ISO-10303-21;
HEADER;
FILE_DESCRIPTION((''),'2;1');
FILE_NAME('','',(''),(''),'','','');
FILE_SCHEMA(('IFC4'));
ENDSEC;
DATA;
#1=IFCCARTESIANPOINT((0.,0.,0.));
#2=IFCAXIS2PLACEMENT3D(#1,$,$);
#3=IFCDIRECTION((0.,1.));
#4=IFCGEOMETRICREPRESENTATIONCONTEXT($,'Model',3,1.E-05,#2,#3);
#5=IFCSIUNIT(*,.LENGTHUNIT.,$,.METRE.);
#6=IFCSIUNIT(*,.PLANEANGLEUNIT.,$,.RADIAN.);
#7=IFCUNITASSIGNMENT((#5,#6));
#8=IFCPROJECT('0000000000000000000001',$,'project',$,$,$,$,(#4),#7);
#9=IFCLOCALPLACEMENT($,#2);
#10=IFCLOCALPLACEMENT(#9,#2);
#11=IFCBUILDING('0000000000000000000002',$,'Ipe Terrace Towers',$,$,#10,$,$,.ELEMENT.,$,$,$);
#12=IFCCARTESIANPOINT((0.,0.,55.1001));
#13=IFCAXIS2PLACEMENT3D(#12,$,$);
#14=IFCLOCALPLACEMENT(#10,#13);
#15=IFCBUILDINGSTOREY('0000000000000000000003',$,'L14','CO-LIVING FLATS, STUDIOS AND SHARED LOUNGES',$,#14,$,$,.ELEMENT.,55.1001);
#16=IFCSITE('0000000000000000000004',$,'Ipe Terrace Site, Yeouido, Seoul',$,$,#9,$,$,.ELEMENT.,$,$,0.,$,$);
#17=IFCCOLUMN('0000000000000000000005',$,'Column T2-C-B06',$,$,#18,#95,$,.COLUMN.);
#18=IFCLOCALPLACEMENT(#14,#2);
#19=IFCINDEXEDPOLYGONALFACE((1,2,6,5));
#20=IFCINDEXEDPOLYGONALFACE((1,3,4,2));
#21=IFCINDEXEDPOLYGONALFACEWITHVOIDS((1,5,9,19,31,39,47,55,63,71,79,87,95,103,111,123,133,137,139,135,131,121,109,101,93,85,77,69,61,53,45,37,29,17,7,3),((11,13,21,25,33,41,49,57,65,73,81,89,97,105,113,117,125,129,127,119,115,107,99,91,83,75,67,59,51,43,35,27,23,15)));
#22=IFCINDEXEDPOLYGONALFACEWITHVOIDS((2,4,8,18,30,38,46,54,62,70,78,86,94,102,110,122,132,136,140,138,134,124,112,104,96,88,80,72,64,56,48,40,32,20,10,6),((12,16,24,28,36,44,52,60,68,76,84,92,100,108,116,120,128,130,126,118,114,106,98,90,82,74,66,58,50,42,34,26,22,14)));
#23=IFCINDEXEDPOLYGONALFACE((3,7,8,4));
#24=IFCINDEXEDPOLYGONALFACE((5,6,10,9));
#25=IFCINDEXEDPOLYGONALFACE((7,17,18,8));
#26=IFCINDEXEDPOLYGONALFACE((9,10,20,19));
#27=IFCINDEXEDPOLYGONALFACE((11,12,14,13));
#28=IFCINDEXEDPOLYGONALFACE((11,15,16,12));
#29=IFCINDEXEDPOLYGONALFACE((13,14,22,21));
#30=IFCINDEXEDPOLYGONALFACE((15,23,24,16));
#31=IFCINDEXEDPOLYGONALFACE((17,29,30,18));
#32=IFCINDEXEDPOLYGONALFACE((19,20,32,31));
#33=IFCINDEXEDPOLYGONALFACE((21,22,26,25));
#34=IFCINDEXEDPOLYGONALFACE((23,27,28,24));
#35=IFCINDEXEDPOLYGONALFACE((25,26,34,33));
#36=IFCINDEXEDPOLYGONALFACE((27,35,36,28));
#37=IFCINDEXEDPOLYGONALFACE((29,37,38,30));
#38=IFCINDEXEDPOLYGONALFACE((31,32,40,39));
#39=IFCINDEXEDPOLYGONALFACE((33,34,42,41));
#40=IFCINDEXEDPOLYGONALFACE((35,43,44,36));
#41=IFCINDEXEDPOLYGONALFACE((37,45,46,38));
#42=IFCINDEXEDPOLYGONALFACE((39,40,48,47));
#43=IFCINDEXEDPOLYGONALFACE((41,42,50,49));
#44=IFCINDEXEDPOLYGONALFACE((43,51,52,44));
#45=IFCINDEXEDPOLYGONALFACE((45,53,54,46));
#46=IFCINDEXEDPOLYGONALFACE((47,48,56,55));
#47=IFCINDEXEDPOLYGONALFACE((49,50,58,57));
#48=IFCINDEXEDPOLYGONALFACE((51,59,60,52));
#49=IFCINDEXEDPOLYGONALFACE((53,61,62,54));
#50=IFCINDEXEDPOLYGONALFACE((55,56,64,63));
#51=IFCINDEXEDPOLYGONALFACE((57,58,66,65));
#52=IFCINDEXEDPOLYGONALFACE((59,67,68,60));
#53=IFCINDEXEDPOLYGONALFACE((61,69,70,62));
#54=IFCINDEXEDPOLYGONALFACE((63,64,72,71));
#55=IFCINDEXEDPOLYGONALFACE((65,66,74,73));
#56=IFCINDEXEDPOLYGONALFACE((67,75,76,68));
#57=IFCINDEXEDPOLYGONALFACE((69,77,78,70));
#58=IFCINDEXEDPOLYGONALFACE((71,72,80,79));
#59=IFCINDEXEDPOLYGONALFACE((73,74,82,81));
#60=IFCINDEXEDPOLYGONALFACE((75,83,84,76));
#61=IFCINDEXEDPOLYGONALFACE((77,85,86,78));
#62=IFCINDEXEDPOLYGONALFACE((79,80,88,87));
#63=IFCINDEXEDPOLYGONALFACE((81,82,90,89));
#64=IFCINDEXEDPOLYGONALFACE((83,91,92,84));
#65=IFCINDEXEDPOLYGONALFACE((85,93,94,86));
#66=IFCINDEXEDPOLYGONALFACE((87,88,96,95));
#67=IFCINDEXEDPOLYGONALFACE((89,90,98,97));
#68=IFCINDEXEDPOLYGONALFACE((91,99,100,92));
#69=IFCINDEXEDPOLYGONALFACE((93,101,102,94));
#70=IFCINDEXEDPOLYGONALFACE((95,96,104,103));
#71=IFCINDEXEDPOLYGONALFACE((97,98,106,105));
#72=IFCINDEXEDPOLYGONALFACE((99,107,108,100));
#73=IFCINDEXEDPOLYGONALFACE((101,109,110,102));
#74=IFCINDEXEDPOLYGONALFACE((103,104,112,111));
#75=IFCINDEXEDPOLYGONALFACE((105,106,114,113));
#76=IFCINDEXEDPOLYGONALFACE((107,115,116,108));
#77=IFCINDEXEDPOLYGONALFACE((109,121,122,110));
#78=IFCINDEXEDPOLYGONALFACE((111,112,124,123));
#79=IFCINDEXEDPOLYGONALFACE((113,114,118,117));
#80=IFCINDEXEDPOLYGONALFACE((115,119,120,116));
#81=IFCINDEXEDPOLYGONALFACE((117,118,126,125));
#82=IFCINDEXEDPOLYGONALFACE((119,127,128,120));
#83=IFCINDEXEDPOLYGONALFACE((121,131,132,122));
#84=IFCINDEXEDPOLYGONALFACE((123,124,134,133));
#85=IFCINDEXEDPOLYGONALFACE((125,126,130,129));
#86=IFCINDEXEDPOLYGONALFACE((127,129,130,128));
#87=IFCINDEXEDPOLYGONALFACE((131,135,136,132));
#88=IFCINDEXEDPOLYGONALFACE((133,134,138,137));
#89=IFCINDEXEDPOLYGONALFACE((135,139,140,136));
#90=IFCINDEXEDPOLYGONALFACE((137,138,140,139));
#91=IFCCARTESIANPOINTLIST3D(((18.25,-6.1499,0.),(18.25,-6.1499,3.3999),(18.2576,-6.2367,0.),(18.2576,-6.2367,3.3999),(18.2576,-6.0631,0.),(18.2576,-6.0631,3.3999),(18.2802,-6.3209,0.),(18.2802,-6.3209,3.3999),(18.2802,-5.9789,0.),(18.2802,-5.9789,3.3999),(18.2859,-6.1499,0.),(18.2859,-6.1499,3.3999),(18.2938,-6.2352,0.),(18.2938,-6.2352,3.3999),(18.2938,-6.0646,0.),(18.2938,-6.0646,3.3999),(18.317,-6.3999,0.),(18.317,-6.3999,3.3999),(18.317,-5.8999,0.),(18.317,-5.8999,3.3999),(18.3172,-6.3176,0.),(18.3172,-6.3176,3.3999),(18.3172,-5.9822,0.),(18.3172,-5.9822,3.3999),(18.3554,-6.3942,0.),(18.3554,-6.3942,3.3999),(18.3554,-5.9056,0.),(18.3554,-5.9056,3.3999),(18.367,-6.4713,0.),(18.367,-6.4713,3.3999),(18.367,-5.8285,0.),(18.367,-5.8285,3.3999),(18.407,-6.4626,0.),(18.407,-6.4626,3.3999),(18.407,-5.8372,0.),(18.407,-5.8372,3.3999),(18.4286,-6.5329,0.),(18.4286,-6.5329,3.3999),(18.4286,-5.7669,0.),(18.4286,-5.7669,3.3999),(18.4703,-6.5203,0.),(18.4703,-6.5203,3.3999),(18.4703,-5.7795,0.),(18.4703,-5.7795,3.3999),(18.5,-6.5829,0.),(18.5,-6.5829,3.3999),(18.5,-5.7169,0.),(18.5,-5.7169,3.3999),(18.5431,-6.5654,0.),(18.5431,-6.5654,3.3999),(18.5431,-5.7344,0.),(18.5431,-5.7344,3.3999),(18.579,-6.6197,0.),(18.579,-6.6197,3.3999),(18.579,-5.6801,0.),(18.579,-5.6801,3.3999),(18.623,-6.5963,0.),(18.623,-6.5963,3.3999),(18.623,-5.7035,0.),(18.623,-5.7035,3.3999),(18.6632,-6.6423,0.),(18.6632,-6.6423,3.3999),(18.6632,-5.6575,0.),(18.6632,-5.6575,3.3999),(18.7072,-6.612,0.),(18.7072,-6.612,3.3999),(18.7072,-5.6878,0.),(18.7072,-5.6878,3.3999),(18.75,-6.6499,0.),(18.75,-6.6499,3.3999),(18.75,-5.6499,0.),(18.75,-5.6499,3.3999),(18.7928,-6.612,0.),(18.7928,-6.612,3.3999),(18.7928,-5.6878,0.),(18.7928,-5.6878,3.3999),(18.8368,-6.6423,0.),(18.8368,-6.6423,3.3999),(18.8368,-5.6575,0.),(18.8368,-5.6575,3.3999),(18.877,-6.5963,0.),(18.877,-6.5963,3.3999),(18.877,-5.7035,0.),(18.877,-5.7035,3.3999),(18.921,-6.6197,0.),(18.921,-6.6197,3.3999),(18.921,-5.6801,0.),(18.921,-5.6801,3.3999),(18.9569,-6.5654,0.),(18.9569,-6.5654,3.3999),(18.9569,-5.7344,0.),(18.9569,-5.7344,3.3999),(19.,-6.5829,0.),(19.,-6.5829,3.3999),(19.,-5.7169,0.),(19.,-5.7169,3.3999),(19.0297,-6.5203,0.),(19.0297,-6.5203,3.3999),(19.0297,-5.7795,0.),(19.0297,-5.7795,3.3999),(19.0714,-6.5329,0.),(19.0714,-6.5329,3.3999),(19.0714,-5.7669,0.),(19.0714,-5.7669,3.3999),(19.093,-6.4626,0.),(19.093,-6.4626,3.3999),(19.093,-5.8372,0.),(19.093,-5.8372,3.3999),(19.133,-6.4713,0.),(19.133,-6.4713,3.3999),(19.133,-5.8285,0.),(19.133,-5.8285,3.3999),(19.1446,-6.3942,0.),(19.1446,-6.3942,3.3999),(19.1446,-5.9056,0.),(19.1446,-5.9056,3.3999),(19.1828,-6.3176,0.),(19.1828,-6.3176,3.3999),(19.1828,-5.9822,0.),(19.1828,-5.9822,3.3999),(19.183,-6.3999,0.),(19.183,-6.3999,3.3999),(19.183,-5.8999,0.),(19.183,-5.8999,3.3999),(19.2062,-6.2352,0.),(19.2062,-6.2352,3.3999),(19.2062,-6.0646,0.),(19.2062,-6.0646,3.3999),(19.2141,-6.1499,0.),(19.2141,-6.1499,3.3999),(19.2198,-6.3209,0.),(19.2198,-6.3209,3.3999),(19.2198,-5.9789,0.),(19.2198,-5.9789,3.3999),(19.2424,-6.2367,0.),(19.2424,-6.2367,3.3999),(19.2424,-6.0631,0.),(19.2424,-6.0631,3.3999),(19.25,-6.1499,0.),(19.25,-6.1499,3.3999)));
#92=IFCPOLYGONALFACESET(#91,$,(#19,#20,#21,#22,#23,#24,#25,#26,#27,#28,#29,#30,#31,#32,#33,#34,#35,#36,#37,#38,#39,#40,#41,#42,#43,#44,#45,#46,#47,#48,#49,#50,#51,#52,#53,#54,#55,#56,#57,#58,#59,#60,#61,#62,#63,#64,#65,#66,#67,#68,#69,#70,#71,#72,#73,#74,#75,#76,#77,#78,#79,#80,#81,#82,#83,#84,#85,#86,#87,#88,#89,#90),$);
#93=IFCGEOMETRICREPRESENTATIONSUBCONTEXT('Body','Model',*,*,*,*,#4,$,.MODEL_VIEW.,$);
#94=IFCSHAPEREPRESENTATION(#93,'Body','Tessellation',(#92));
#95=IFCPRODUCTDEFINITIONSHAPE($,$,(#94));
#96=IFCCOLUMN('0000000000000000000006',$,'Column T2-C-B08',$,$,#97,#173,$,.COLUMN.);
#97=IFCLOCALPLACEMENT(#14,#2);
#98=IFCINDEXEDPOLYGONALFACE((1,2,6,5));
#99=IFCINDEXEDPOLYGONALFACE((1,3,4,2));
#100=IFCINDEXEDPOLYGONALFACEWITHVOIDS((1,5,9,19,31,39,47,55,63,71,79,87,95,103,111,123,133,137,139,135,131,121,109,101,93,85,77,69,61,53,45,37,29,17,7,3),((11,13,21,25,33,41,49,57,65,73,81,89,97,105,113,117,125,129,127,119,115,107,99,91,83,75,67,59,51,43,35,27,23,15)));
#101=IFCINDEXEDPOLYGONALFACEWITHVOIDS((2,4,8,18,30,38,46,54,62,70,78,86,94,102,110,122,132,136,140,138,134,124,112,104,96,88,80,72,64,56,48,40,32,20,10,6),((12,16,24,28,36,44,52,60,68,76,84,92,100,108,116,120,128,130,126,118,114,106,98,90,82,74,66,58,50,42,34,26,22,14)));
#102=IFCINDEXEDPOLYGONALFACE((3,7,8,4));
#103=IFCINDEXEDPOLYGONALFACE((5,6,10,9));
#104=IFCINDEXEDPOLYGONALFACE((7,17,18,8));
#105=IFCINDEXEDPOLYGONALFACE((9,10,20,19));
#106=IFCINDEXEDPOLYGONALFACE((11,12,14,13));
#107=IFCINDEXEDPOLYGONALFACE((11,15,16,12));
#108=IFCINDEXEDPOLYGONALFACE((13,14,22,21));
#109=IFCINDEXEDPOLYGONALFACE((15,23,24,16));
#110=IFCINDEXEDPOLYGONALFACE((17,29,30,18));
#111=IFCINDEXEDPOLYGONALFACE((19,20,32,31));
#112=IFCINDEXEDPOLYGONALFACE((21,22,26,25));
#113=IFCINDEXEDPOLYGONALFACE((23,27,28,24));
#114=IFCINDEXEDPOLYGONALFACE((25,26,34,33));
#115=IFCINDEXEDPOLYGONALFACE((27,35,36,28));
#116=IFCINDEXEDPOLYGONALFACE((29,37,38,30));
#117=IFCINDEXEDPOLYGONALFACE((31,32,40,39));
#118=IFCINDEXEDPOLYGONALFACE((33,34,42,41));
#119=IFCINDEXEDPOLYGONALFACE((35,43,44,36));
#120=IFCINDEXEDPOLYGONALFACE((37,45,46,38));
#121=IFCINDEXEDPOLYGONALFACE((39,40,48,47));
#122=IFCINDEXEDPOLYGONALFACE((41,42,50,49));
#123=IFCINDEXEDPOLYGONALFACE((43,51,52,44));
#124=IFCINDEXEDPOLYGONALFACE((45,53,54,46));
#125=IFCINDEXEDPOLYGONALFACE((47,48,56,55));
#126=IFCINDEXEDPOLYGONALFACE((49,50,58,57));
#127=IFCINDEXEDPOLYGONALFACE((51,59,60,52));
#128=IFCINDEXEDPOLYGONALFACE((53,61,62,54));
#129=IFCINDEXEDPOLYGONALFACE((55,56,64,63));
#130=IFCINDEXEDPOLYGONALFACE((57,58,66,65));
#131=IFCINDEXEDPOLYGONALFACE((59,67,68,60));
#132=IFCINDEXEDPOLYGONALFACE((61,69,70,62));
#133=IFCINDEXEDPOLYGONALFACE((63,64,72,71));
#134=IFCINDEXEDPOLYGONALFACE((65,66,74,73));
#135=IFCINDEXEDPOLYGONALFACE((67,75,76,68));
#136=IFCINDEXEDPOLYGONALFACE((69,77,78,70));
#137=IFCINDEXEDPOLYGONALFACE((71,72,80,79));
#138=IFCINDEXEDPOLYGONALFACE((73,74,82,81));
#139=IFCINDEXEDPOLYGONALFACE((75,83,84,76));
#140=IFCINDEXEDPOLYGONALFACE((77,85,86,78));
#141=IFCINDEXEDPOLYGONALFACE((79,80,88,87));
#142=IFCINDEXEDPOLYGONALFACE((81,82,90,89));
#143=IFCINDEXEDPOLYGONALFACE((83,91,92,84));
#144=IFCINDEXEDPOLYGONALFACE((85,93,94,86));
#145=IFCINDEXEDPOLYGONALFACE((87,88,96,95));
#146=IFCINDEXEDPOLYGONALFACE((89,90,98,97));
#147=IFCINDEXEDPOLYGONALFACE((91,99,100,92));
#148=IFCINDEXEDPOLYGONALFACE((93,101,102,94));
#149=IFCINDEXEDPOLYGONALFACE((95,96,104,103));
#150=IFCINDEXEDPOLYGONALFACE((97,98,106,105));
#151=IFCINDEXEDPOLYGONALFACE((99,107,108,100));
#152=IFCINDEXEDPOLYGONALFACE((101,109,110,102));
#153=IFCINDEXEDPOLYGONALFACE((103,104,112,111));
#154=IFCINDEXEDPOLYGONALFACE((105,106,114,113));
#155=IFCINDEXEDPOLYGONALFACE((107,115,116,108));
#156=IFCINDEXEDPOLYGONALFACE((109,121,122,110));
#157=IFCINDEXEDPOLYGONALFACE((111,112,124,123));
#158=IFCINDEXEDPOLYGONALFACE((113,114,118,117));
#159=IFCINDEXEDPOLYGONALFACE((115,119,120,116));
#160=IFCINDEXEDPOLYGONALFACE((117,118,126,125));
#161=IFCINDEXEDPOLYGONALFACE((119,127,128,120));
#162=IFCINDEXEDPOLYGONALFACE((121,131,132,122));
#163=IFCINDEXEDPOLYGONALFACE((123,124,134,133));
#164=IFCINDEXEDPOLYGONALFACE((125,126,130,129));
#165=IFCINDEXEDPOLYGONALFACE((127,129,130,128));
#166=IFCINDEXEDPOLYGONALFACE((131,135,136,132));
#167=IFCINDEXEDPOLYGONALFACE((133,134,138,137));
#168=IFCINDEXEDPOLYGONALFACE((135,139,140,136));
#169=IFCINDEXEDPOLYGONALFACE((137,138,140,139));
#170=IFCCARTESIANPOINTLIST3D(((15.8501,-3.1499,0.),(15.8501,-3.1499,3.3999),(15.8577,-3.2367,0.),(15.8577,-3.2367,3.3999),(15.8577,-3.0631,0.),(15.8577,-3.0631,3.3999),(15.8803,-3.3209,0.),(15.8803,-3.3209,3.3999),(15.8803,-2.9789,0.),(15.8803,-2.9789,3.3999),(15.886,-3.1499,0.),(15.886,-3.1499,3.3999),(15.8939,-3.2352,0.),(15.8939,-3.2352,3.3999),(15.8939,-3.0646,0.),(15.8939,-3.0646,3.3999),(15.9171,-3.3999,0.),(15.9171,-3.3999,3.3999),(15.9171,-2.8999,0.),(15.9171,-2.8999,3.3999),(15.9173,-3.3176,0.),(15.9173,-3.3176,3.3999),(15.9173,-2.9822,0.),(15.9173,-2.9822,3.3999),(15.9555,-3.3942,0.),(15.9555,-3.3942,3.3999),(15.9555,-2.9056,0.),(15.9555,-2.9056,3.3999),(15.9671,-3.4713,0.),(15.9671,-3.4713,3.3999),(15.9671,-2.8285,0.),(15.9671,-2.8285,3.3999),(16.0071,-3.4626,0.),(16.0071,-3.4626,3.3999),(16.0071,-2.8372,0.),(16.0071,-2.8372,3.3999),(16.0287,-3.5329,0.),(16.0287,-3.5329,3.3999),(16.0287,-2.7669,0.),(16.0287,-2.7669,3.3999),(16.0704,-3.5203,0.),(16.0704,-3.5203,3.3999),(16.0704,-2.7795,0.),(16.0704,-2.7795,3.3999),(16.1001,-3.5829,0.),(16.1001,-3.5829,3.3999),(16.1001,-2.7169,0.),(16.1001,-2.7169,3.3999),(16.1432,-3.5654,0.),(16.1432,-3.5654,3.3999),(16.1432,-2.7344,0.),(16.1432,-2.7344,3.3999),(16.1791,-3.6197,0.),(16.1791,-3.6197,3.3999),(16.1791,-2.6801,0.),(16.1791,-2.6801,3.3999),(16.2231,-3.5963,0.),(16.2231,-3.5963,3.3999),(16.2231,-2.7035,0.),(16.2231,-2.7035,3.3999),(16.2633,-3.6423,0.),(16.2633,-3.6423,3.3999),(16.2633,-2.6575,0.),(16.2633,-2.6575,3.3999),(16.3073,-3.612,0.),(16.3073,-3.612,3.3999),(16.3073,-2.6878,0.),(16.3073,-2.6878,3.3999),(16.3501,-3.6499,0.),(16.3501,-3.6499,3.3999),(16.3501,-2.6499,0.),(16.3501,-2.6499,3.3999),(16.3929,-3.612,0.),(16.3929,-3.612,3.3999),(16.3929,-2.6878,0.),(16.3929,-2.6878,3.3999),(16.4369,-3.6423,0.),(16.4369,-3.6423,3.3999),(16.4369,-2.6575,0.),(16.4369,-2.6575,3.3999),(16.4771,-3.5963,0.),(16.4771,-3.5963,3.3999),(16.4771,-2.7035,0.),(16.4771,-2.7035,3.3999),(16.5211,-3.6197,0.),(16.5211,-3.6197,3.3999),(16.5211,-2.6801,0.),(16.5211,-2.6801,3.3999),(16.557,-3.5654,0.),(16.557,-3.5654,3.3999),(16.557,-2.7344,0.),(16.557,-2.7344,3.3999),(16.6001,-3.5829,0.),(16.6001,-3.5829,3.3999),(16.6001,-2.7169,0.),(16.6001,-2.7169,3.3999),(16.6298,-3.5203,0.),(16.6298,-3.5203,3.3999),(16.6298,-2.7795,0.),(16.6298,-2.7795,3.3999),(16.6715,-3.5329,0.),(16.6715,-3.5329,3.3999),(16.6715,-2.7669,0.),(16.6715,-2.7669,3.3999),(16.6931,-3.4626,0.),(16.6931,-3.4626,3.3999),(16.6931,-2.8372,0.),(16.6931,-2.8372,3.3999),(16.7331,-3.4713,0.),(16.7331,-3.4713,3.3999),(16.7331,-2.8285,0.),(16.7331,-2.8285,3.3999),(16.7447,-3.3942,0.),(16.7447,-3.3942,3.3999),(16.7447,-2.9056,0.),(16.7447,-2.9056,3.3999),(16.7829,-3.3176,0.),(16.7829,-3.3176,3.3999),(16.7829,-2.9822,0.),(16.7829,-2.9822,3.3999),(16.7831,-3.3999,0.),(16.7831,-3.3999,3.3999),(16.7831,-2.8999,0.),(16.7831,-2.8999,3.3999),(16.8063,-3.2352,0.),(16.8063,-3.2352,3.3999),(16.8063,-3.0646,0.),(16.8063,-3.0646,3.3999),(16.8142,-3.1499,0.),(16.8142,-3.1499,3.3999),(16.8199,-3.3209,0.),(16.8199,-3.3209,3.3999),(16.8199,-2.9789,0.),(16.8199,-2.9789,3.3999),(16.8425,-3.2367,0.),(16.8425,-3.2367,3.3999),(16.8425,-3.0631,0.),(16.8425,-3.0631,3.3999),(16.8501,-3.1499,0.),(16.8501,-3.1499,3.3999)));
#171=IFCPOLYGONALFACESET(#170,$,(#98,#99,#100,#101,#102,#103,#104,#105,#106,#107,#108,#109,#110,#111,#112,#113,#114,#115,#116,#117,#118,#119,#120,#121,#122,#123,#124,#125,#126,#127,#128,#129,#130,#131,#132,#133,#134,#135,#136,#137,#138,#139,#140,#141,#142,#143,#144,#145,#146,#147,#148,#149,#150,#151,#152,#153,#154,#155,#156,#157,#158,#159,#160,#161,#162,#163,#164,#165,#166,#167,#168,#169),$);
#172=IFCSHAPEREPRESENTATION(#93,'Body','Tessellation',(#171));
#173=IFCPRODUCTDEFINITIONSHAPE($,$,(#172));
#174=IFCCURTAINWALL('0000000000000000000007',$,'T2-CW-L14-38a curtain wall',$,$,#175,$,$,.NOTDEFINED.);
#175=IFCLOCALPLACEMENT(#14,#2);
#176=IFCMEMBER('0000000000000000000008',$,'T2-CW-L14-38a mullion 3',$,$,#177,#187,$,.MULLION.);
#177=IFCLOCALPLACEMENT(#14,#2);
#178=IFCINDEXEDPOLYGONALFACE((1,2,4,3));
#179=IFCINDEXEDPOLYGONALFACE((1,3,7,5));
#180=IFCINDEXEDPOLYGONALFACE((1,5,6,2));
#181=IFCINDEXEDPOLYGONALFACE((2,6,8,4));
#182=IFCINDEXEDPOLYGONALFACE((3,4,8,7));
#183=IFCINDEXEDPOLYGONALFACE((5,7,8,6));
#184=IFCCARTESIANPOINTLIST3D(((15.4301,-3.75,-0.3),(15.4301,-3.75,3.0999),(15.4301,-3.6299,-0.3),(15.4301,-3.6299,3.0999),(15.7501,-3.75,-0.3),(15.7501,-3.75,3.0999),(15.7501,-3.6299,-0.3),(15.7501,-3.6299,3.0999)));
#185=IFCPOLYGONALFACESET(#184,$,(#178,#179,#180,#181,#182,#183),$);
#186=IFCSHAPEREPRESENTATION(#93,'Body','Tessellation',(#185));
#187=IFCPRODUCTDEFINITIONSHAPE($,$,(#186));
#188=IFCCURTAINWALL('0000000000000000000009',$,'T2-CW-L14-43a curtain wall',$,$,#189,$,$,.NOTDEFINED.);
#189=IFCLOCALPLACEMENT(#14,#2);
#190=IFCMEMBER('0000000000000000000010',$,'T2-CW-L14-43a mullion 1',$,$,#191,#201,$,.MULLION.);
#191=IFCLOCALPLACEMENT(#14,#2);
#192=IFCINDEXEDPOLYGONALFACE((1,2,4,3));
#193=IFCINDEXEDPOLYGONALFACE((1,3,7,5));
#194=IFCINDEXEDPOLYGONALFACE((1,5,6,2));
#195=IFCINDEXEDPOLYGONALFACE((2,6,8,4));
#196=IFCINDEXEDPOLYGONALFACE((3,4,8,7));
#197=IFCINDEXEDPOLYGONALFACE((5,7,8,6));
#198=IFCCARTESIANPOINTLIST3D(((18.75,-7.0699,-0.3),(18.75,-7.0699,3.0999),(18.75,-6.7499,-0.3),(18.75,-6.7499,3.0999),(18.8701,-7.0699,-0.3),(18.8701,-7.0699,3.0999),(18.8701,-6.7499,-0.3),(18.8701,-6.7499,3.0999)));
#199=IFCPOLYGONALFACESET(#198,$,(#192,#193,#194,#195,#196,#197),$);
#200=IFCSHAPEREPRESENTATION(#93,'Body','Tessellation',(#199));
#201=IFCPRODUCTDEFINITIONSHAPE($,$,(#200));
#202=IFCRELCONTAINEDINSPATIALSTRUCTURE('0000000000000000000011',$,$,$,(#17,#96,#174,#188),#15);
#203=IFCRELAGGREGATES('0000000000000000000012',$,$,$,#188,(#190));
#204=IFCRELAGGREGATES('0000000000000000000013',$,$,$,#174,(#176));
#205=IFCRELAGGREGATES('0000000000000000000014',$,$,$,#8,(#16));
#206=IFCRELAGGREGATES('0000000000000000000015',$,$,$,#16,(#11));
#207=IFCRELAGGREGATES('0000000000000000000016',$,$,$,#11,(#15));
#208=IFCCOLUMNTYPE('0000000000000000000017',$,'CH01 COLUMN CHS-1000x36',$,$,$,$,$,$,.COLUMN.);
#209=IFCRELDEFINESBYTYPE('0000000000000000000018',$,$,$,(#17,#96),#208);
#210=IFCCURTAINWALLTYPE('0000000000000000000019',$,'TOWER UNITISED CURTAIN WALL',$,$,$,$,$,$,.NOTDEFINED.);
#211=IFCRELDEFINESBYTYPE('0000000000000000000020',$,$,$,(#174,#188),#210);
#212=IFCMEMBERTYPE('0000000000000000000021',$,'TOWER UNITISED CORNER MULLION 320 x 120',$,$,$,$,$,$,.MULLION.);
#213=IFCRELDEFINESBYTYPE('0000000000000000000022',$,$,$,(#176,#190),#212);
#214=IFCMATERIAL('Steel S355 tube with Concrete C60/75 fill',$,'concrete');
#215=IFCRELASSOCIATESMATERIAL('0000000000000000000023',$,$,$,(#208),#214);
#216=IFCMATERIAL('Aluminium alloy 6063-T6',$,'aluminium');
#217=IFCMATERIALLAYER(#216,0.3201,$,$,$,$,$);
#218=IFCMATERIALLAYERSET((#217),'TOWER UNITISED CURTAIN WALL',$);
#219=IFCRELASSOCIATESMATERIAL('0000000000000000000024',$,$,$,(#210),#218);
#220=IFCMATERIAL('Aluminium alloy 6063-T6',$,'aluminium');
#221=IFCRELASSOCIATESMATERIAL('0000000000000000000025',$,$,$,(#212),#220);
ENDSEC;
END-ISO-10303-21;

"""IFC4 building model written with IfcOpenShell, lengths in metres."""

from ifc_helpers import new_model, si_unit, direction, frame, origin, origin_2d, place, context, subcontext, project, spatial, rectangle, hollow_circle, extrude, material, layer, layer_set, material_profile, profile_set, type_object, element, aggregate, save


model = new_model("IFC4")

# Units and contexts
model_context = context("Model", 3, precision=1e-05, world=origin(), true_north=direction((0.0, 1.0)))
body_context = subcontext(model_context, "Body", "Model", "MODEL_VIEW")
ifc_project = project(units=[si_unit("LENGTHUNIT", "METRE"), si_unit("PLANEANGLEUNIT", "RADIAN")], contexts=[model_context])

# Site, building, storey
site_placement = place(None, origin())
site = spatial("IfcSite", under=ifc_project, at=site_placement, Name="Ipe Terrace Site, Yeouido, Seoul", CompositionType="ELEMENT", RefElevation=0.0)
building_placement = place(site_placement, origin())
building = spatial("IfcBuilding", under=site, at=building_placement, Name="Ipe Terrace Towers", CompositionType="ELEMENT")
storey_placement = place(building_placement, frame((0.0, 0.0, 55.1001)))
storey = spatial("IfcBuildingStorey", under=building, at=storey_placement, Name="L14", Description="CO-LIVING FLATS, STUDIOS AND SHARED LOUNGES", CompositionType="ELEMENT", Elevation=55.1001)

# Columns
ifc_material_1 = material(Name="Steel S355 tube with Concrete C60/75 fill", Category="concrete")
ifc_material_profile_1 = material_profile(ifc_material_1, hollow_circle(Radius=0.5, WallThickness=0.0359, at=origin_2d()), Name="CHS-1000x36")
ifc_profile_set_1 = profile_set([ifc_material_profile_1], Name="Steel S355 tube with Concrete C60/75 fill")
column_type = type_object("IfcColumnType", Name="CH01 COLUMN CHS-1000x36", PredefinedType="COLUMN", material=ifc_profile_set_1)
for number, where, z_axis, x_axis, name in (
    (1, (18.75, -6.1499, 0.0), (0.0, 0.0, 1.0), (1.0, 0.0, 0.0), "Column T2-C-B06"),
    (2, (16.3501, -3.1499, 0.0), (0.0, 0.0, 1.0), (1.0, 0.0, 0.0), "Column T2-C-B08"),
):
    element("IfcColumn", number, at=place(storey_placement, frame(where, z_axis=z_axis, x_axis=x_axis)), inside=storey, type_object=column_type, Name=name, PredefinedType="COLUMN", context=body_context, shape_type="SweptSolid", body=[
        extrude(hollow_circle(Radius=0.5, WallThickness=0.0359, at=origin_2d()), origin(), (0.0, 0.0, 1.0), 3.3999),
    ])

# Curtain walls, members
ifc_material_2 = material(Name="Aluminium alloy 6063-T6", Category="aluminium")
ifc_layer_1 = layer(ifc_material_2, 0.3201)
ifc_layer_set_1 = layer_set([ifc_layer_1], Name="TOWER UNITISED CURTAIN WALL")
curtain_wall_type = type_object("IfcCurtainWallType", Name="TOWER UNITISED CURTAIN WALL", PredefinedType="NOTDEFINED", material=ifc_layer_set_1)
curtain_wall_1_placement = place(storey_placement, origin())
curtain_wall_1 = element("IfcCurtainWall", 3, at=curtain_wall_1_placement, inside=storey, type_object=curtain_wall_type, Name="T2-CW-L14-38a curtain wall", PredefinedType="NOTDEFINED")
ifc_material_3 = material(Name="Aluminium alloy 6063-T6", Category="aluminium")
ifc_material_profile_2 = material_profile(ifc_material_3, rectangle(XDim=0.3201, YDim=0.1201, at=origin_2d()), Name="TOWER UNITISED CORNER MULLION 320 x 120")
ifc_profile_set_2 = profile_set([ifc_material_profile_2], Name="Aluminium alloy 6063-T6")
member_type_1 = type_object("IfcMemberType", Name="TOWER UNITISED CORNER MULLION 320 x 120", PredefinedType="MULLION", material=ifc_profile_set_2)
member_1_placement = place(storey_placement, frame((15.5901, -3.6899, -0.3), z_axis=(0.0, 0.0, 1.0), x_axis=(-1.0, 0.0, 0.0)))
member_1 = element("IfcMember", 4, at=member_1_placement, type_object=member_type_1, Name="T2-CW-L14-38a mullion 3", PredefinedType="MULLION", context=body_context, shape_type="SweptSolid", body=[
    extrude(rectangle(XDim=0.3201, YDim=0.1201, at=origin_2d()), origin(), (0.0, 0.0, 1.0), 3.3999),
])
curtain_wall_2_placement = place(storey_placement, origin())
curtain_wall_2 = element("IfcCurtainWall", 5, at=curtain_wall_2_placement, inside=storey, type_object=curtain_wall_type, Name="T2-CW-L14-43a curtain wall", PredefinedType="NOTDEFINED")
member_2_placement = place(storey_placement, frame((18.8101, -6.9099, -0.3), z_axis=(0.0, 0.0, 1.0), x_axis=(0.0, -1.0, 0.0)))
member_2 = element("IfcMember", 6, at=member_2_placement, type_object=member_type_1, Name="T2-CW-L14-43a mullion 1", PredefinedType="MULLION", context=body_context, shape_type="SweptSolid", body=[
    extrude(rectangle(XDim=0.3201, YDim=0.1201, at=origin_2d()), origin(), (0.0, 0.0, 1.0), 3.3999),
])
aggregate(curtain_wall_2, [member_2])

aggregate(curtain_wall_1, [member_1])

save(model, "model.ifc")
